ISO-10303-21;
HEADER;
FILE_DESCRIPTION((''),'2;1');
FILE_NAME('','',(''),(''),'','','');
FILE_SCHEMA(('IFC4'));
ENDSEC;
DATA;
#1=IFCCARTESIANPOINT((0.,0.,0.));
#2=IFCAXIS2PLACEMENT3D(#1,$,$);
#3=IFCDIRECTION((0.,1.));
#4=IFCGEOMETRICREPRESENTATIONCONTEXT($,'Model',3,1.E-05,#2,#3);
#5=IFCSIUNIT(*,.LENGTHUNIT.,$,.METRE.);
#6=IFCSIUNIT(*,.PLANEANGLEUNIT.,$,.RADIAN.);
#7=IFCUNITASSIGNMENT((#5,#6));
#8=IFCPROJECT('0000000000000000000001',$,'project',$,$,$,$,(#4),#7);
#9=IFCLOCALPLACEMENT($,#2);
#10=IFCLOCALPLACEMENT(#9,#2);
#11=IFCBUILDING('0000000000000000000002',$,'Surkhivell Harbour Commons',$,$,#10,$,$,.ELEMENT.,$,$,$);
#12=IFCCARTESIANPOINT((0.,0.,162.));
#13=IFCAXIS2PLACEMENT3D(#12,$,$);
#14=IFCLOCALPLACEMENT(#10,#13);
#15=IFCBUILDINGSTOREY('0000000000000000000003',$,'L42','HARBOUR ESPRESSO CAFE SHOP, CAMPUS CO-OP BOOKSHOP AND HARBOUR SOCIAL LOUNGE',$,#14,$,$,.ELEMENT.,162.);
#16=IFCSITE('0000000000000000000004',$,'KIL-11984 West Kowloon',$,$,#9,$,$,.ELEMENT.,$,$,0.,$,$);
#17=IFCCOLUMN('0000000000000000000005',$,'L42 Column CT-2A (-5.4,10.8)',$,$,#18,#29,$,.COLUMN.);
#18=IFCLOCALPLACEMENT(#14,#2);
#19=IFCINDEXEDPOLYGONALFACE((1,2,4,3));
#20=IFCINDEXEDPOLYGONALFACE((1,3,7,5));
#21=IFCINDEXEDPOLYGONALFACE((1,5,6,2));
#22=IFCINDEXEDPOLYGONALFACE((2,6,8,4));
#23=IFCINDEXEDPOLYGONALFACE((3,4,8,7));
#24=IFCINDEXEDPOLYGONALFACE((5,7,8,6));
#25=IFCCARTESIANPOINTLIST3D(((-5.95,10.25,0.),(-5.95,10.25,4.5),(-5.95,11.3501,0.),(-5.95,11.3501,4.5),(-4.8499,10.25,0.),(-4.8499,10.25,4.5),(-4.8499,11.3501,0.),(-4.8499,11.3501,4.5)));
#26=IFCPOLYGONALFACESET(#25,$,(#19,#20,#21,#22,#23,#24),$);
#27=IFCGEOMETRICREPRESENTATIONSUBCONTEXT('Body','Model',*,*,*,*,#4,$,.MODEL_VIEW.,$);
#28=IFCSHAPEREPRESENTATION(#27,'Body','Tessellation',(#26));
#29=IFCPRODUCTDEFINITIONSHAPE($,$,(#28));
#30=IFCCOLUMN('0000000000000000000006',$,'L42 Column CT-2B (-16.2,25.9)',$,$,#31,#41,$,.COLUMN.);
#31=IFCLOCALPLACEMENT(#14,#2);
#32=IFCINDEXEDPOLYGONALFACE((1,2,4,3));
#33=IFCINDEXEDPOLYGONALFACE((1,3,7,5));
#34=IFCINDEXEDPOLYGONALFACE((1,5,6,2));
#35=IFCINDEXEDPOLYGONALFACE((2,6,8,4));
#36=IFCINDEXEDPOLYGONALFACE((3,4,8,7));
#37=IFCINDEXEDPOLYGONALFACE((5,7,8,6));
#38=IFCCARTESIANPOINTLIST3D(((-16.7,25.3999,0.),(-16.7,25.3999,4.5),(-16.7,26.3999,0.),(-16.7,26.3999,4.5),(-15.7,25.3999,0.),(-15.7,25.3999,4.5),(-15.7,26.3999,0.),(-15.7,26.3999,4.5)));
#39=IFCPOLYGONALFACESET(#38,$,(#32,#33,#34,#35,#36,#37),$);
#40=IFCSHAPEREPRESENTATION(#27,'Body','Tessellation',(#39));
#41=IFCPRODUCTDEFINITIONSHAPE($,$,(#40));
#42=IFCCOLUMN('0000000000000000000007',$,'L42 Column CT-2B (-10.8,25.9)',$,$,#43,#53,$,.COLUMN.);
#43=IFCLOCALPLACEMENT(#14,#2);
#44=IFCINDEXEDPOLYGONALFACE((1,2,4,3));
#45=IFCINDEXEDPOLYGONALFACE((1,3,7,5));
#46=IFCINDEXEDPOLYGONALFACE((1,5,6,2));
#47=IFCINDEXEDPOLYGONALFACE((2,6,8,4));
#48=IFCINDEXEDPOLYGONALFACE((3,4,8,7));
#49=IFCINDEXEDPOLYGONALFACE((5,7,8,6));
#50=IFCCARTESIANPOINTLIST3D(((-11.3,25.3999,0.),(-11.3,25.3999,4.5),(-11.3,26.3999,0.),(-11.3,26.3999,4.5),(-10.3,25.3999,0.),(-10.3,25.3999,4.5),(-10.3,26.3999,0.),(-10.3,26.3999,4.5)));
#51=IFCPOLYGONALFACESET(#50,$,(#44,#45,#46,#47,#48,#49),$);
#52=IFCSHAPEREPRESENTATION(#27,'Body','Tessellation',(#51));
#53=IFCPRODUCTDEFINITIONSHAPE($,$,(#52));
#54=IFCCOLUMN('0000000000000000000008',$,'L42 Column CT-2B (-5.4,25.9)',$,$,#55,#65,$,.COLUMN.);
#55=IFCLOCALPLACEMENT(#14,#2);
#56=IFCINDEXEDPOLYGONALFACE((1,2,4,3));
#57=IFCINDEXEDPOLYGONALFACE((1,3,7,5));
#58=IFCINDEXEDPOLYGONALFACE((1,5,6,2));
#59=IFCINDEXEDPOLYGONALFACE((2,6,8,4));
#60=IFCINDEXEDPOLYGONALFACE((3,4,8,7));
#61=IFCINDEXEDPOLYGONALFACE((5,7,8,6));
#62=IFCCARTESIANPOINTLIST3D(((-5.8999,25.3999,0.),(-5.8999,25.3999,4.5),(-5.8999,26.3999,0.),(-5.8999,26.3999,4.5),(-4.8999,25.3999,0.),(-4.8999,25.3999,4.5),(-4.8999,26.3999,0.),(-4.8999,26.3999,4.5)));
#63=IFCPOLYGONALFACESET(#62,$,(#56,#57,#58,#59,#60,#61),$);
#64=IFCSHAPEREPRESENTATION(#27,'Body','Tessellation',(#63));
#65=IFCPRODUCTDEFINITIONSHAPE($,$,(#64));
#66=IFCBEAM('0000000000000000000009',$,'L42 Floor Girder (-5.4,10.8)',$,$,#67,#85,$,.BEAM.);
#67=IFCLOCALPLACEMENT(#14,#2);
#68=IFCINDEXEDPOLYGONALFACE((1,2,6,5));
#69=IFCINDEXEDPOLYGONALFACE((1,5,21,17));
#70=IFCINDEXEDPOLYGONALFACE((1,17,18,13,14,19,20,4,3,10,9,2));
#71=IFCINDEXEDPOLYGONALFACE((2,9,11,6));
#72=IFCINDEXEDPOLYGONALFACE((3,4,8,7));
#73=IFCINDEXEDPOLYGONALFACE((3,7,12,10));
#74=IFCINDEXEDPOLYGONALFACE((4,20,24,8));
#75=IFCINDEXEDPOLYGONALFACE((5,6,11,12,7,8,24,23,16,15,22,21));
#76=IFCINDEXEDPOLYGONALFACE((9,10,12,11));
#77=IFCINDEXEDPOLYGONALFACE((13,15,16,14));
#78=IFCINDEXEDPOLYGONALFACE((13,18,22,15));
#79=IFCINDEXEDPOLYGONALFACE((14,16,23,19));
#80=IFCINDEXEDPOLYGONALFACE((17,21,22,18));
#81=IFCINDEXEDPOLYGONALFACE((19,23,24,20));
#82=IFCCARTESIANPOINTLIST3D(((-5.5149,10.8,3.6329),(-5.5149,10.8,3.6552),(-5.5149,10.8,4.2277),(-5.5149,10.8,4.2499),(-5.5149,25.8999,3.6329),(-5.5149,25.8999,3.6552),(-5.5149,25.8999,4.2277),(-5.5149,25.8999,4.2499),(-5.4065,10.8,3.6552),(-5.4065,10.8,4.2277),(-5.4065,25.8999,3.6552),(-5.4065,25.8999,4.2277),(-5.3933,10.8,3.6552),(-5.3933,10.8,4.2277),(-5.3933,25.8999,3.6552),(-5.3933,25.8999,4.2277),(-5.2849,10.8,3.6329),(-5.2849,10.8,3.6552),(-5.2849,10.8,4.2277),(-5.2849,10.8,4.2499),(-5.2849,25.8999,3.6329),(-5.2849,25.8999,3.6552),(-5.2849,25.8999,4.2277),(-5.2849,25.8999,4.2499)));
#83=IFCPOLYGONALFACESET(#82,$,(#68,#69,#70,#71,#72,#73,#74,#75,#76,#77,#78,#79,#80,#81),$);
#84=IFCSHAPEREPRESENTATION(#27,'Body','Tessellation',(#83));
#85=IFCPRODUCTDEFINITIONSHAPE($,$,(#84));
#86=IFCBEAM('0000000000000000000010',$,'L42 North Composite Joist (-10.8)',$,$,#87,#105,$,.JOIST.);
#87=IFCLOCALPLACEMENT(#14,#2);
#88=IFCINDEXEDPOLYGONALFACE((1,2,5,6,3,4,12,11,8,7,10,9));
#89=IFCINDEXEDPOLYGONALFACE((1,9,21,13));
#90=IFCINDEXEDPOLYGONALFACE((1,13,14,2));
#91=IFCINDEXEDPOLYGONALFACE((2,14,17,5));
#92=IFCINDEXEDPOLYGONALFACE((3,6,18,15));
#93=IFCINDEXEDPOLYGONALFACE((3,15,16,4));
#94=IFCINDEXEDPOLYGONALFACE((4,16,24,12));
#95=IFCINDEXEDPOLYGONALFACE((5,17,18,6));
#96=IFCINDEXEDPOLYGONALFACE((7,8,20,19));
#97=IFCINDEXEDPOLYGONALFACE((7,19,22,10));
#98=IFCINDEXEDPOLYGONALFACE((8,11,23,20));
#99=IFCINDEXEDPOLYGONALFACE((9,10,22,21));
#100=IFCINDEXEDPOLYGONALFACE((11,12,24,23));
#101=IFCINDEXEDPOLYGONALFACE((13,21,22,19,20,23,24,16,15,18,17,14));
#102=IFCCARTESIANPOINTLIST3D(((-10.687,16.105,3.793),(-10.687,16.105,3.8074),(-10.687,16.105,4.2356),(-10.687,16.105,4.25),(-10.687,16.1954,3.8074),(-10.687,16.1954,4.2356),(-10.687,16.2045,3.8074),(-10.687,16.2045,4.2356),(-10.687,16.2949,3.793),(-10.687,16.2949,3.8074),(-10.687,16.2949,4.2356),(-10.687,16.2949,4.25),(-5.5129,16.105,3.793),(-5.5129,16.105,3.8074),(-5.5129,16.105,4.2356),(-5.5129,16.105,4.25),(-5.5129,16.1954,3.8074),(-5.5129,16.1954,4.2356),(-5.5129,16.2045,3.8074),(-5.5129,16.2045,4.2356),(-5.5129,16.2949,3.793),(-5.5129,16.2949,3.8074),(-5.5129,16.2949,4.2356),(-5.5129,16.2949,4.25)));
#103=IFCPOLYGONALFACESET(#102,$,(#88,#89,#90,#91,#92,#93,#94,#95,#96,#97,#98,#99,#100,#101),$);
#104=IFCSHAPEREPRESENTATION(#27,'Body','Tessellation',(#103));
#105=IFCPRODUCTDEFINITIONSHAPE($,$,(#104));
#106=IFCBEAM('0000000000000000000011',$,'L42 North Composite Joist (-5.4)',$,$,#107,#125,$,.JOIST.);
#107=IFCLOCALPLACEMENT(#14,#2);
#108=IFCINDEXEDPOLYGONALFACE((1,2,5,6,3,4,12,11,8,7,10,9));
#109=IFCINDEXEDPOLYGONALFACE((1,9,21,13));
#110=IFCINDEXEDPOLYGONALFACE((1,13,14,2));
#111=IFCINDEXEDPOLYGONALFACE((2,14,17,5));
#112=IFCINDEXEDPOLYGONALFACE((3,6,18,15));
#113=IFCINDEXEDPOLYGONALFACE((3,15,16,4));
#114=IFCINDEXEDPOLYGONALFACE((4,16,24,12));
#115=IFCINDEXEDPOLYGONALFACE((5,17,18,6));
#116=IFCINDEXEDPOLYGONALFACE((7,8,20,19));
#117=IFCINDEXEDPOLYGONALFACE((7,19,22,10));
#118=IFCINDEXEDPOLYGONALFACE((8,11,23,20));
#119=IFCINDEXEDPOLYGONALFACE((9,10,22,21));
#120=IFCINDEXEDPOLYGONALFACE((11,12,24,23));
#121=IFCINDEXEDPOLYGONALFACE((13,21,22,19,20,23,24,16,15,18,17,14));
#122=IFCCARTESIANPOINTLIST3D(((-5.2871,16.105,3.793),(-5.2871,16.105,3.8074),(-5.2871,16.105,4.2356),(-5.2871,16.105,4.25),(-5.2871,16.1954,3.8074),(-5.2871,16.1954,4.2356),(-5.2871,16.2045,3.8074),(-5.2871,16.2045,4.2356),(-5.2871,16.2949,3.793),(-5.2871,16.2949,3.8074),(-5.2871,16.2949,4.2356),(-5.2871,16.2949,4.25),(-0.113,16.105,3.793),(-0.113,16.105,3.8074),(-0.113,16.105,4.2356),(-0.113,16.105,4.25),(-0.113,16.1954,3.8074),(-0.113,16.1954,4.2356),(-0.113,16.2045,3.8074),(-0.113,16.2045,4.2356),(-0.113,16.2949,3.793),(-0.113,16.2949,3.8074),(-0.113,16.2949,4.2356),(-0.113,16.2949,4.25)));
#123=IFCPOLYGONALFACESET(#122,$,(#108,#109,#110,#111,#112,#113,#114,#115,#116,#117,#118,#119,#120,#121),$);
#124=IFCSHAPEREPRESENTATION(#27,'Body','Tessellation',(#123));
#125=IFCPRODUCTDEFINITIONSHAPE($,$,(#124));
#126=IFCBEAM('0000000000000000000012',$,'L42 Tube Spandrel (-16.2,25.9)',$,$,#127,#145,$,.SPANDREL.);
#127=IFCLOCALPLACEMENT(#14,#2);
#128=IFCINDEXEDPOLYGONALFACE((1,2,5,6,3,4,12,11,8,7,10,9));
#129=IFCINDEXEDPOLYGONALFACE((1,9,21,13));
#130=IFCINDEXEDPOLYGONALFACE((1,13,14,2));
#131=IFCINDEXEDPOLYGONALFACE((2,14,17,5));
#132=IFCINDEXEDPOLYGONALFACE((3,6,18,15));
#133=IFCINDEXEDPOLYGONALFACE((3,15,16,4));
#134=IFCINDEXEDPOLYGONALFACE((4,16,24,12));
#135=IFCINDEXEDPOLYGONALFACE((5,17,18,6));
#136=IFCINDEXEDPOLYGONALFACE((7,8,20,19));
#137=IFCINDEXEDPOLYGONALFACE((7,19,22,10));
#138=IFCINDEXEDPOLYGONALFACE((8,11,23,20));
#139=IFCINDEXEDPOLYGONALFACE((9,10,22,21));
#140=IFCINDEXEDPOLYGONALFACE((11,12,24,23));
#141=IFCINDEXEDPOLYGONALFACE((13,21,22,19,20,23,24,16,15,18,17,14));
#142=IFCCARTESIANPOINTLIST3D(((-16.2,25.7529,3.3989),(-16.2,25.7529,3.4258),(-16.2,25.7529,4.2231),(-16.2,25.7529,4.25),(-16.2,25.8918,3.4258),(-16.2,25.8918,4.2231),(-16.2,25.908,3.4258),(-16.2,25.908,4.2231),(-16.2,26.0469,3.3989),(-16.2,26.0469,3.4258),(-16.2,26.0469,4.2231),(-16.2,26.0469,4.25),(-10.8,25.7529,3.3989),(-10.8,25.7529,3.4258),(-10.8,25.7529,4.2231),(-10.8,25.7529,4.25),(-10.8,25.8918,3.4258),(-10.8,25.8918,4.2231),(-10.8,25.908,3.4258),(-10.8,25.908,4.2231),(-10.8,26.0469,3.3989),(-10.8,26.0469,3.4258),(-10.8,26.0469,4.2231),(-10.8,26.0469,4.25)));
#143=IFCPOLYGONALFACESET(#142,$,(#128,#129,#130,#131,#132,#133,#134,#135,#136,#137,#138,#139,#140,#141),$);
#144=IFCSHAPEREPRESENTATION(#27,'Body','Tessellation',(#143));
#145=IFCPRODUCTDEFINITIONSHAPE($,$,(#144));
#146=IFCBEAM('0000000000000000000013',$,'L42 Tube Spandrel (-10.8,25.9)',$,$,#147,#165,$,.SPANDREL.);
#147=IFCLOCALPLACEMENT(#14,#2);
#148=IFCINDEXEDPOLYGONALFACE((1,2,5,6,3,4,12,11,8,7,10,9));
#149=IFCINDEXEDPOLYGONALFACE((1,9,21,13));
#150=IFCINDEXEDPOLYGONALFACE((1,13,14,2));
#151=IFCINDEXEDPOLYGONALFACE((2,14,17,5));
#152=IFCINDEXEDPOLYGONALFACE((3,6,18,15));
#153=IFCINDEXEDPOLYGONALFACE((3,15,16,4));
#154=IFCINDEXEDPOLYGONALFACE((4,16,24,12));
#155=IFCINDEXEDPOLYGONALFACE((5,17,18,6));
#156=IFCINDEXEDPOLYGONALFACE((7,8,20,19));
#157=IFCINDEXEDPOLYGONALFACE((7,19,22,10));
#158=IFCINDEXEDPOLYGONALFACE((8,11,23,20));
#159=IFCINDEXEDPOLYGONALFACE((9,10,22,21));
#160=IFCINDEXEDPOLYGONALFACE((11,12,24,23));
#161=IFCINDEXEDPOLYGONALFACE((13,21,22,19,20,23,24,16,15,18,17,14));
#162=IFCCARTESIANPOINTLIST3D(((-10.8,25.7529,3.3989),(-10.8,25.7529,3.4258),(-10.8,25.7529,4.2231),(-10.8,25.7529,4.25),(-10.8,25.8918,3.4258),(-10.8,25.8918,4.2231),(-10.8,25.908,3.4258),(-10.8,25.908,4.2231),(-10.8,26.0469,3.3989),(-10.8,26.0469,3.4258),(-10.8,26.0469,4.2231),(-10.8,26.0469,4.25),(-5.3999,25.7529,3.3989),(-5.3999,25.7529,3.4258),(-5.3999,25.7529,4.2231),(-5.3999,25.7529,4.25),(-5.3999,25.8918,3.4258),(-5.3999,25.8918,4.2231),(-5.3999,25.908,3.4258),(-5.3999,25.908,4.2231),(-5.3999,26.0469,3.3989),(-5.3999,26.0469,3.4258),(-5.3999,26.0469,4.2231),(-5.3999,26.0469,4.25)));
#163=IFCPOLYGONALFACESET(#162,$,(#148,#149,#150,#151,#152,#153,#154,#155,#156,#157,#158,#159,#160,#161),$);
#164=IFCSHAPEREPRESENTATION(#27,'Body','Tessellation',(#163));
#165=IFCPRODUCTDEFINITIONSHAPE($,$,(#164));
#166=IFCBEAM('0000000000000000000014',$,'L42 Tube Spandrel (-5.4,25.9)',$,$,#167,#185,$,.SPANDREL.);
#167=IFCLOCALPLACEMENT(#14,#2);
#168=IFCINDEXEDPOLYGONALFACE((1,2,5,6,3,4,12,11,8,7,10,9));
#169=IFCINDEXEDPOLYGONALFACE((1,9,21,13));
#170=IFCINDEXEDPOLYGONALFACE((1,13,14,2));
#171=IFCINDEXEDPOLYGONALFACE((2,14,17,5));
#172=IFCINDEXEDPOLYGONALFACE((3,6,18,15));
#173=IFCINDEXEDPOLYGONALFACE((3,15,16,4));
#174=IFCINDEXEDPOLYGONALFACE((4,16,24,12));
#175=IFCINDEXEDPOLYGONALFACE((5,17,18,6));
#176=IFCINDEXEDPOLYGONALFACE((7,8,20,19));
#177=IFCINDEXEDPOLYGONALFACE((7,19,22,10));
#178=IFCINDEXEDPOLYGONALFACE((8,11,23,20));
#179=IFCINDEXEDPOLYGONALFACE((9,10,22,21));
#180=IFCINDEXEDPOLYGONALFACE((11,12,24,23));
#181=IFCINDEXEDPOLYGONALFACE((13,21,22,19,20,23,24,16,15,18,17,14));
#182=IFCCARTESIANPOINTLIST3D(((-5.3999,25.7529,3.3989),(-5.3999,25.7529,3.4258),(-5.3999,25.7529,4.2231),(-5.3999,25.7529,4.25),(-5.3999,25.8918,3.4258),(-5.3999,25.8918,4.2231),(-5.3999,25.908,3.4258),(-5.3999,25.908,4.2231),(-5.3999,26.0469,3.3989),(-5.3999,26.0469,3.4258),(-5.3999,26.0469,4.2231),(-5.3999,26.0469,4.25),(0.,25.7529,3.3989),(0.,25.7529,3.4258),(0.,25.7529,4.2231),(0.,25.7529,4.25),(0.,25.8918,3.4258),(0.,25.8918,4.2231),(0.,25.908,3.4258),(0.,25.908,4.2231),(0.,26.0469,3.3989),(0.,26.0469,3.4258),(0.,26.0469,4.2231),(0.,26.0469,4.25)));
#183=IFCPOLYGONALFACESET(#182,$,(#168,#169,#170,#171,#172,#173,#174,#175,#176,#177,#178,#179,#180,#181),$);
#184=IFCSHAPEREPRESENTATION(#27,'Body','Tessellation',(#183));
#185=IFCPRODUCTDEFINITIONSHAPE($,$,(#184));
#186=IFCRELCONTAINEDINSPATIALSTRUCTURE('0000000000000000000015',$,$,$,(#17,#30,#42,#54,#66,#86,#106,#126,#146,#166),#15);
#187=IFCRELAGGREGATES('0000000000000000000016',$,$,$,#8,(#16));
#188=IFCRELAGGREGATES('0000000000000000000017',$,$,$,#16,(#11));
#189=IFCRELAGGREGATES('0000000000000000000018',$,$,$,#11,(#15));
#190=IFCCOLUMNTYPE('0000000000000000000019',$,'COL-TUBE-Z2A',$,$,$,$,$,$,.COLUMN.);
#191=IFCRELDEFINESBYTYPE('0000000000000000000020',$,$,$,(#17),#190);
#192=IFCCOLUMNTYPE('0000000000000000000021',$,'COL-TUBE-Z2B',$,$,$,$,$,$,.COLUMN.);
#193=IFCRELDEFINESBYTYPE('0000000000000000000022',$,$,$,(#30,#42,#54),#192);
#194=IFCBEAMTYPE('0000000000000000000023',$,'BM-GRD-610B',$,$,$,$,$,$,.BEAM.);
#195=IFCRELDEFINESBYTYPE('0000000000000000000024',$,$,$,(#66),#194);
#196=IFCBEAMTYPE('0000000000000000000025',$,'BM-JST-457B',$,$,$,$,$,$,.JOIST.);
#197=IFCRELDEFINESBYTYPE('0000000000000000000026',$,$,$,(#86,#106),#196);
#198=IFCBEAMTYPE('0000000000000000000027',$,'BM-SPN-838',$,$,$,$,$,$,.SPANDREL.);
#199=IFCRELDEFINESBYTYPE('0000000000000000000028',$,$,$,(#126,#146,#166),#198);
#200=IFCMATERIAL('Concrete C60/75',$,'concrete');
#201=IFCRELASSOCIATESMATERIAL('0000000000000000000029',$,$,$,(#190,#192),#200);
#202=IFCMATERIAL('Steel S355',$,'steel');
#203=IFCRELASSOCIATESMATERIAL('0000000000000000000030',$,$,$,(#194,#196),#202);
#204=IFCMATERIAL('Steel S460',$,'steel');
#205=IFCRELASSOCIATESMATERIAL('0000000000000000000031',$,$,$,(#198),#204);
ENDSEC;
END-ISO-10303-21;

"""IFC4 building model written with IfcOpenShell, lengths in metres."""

from ifc_helpers import new_model, si_unit, direction, frame, origin, origin_2d, place, context, subcontext, project, spatial, rectangle, i_section, extrude, material, material_profile, profile_set, type_object, element, save


model = new_model("IFC4")

# Units and contexts
model_context = context("Model", 3, precision=1e-05, world=origin(), true_north=direction((0.0, 1.0)))
body_context = subcontext(model_context, "Body", "Model", "MODEL_VIEW")
ifc_project = project(units=[si_unit("LENGTHUNIT", "METRE"), si_unit("PLANEANGLEUNIT", "RADIAN")], contexts=[model_context])

# Site, building, storey
site_placement = place(None, origin())
site = spatial("IfcSite", under=ifc_project, at=site_placement, Name="KIL-11984 West Kowloon", CompositionType="ELEMENT", RefElevation=0.0)
building_placement = place(site_placement, origin())
building = spatial("IfcBuilding", under=site, at=building_placement, Name="Surkhivell Harbour Commons", CompositionType="ELEMENT")
storey_placement = place(building_placement, frame((0.0, 0.0, 162.0)))
storey = spatial("IfcBuildingStorey", under=building, at=storey_placement, Name="L42", Description="HARBOUR ESPRESSO CAFE SHOP, CAMPUS CO-OP BOOKSHOP AND HARBOUR SOCIAL LOUNGE", CompositionType="ELEMENT", Elevation=162.0)

# Columns
ifc_material_1 = material(Name="Concrete C60/75", Category="concrete")
ifc_material_profile_1 = material_profile(ifc_material_1, rectangle(XDim=1.1001, YDim=1.1001, at=origin_2d()), Name="RC-COL-1100x1100")
ifc_profile_set_1 = profile_set([ifc_material_profile_1], Name="Concrete C60/75")
column_type_1 = type_object("IfcColumnType", Name="COL-TUBE-Z2A", PredefinedType="COLUMN", material=ifc_profile_set_1)
column_placement = place(storey_placement, frame((-5.3999, 10.8, 0.0), z_axis=(0.0, 0.0, 1.0), x_axis=(1.0, 0.0, 0.0)))
element("IfcColumn", 1, at=column_placement, inside=storey, type_object=column_type_1, Name="L42 Column CT-2A (-5.4,10.8)", PredefinedType="COLUMN", context=body_context, shape_type="SweptSolid", body=[
    extrude(rectangle(XDim=1.1001, YDim=1.1001, at=origin_2d()), origin(), (0.0, 0.0, 1.0), 4.5),
])
ifc_material_profile_2 = material_profile(ifc_material_1, rectangle(XDim=1.0, YDim=1.0, at=origin_2d()), Name="RC-COL-1000x1000")
ifc_profile_set_2 = profile_set([ifc_material_profile_2], Name="Concrete C60/75")
column_type_2 = type_object("IfcColumnType", Name="COL-TUBE-Z2B", PredefinedType="COLUMN", material=ifc_profile_set_2)
for number, where, z_axis, x_axis, name in (
    (2, (-16.2, 25.8999, 0.0), (0.0, 0.0, 1.0), (1.0, 0.0, 0.0), "L42 Column CT-2B (-16.2,25.9)"),
    (3, (-10.8, 25.8999, 0.0), (0.0, 0.0, 1.0), (1.0, 0.0, 0.0), "L42 Column CT-2B (-10.8,25.9)"),
    (4, (-5.3999, 25.8999, 0.0), (0.0, 0.0, 1.0), (1.0, 0.0, 0.0), "L42 Column CT-2B (-5.4,25.9)"),
):
    element("IfcColumn", number, at=place(storey_placement, frame(where, z_axis=z_axis, x_axis=x_axis)), inside=storey, type_object=column_type_2, Name=name, PredefinedType="COLUMN", context=body_context, shape_type="SweptSolid", body=[
        extrude(rectangle(XDim=1.0, YDim=1.0, at=origin_2d()), origin(), (0.0, 0.0, 1.0), 4.5),
    ])

# Beams
ifc_material_2 = material(Name="Steel S355", Category="steel")
ifc_material_profile_3 = material_profile(ifc_material_2, i_section(OverallWidth=0.23, OverallDepth=0.6169, WebThickness=0.0132, FlangeThickness=0.0222, at=origin_2d()), Name="UB610x229x140")
ifc_profile_set_3 = profile_set([ifc_material_profile_3], Name="Steel S355")
beam_type_1 = type_object("IfcBeamType", Name="BM-GRD-610B", PredefinedType="BEAM", material=ifc_profile_set_3)
beam_1_placement = place(storey_placement, frame((-5.3999, 10.8, 3.9414), z_axis=(0.0, 1.0, 0.0), x_axis=(-1.0, 0.0, 0.0)))
element("IfcBeam", 5, at=beam_1_placement, inside=storey, type_object=beam_type_1, Name="L42 Floor Girder (-5.4,10.8)", PredefinedType="BEAM", context=body_context, shape_type="SweptSolid", body=[
    extrude(i_section(OverallWidth=0.23, OverallDepth=0.6169, WebThickness=0.0132, FlangeThickness=0.0222, at=origin_2d()), origin(), (0.0, 0.0, 1.0), 15.0999),
])
ifc_material_profile_4 = material_profile(ifc_material_2, i_section(OverallWidth=0.1899, OverallDepth=0.457, WebThickness=0.009, FlangeThickness=0.0144, at=origin_2d()), Name="UB457x191x74")
ifc_profile_set_4 = profile_set([ifc_material_profile_4], Name="Steel S355")
beam_type_2 = type_object("IfcBeamType", Name="BM-JST-457B", PredefinedType="JOIST", material=ifc_profile_set_4)
for number, where, z_axis, x_axis, name in (
    (6, (-10.687, 16.2, 4.0215), (1.0, 0.0, 0.0), (0.0, 1.0, 0.0), "L42 North Composite Joist (-10.8)"),
    (7, (-5.2871, 16.2, 4.0215), (1.0, 0.0, 0.0), (0.0, 1.0, 0.0), "L42 North Composite Joist (-5.4)"),
):
    element("IfcBeam", number, at=place(storey_placement, frame(where, z_axis=z_axis, x_axis=x_axis)), inside=storey, type_object=beam_type_2, Name=name, PredefinedType="JOIST", context=body_context, shape_type="SweptSolid", body=[
        extrude(i_section(OverallWidth=0.1899, OverallDepth=0.457, WebThickness=0.009, FlangeThickness=0.0144, at=origin_2d()), origin(), (0.0, 0.0, 1.0), 5.1741),
    ])
ifc_material_3 = material(Name="Steel S460", Category="steel")
ifc_material_profile_5 = material_profile(ifc_material_3, i_section(OverallWidth=0.2939, OverallDepth=0.8511, WebThickness=0.0161, FlangeThickness=0.0269, at=origin_2d()), Name="UB838x292x226")
ifc_profile_set_5 = profile_set([ifc_material_profile_5], Name="Steel S460")
beam_type_3 = type_object("IfcBeamType", Name="BM-SPN-838", PredefinedType="SPANDREL", material=ifc_profile_set_5)
beam_2_placement = place(storey_placement, frame((-16.2, 25.8999, 3.8245), z_axis=(1.0, 0.0, 0.0), x_axis=(0.0, 1.0, 0.0)))
element("IfcBeam", 8, at=beam_2_placement, inside=storey, type_object=beam_type_3, Name="L42 Tube Spandrel (-16.2,25.9)", PredefinedType="SPANDREL", context=body_context, shape_type="SweptSolid", body=[
    extrude(i_section(OverallWidth=0.2939, OverallDepth=0.8511, WebThickness=0.0161, FlangeThickness=0.0269, at=origin_2d()), origin(), (0.0, 0.0, 1.0), 5.3999),
])
beam_3_placement = place(storey_placement, frame((-10.8, 25.8999, 3.8245), z_axis=(1.0, 0.0, 0.0), x_axis=(0.0, 1.0, 0.0)))
element("IfcBeam", 9, at=beam_3_placement, inside=storey, type_object=beam_type_3, Name="L42 Tube Spandrel (-10.8,25.9)", PredefinedType="SPANDREL", context=body_context, shape_type="SweptSolid", body=[
    extrude(i_section(OverallWidth=0.2939, OverallDepth=0.8511, WebThickness=0.0161, FlangeThickness=0.0269, at=origin_2d()), origin(), (0.0, 0.0, 1.0), 5.4001),
])
beam_4_placement = place(storey_placement, frame((-5.3999, 25.8999, 3.8245), z_axis=(1.0, 0.0, 0.0), x_axis=(0.0, 1.0, 0.0)))
element("IfcBeam", 10, at=beam_4_placement, inside=storey, type_object=beam_type_3, Name="L42 Tube Spandrel (-5.4,25.9)", PredefinedType="SPANDREL", context=body_context, shape_type="SweptSolid", body=[
    extrude(i_section(OverallWidth=0.2939, OverallDepth=0.8511, WebThickness=0.0161, FlangeThickness=0.0269, at=origin_2d()), origin(), (0.0, 0.0, 1.0), 5.3999),
])

save(model, "model.ifc")
